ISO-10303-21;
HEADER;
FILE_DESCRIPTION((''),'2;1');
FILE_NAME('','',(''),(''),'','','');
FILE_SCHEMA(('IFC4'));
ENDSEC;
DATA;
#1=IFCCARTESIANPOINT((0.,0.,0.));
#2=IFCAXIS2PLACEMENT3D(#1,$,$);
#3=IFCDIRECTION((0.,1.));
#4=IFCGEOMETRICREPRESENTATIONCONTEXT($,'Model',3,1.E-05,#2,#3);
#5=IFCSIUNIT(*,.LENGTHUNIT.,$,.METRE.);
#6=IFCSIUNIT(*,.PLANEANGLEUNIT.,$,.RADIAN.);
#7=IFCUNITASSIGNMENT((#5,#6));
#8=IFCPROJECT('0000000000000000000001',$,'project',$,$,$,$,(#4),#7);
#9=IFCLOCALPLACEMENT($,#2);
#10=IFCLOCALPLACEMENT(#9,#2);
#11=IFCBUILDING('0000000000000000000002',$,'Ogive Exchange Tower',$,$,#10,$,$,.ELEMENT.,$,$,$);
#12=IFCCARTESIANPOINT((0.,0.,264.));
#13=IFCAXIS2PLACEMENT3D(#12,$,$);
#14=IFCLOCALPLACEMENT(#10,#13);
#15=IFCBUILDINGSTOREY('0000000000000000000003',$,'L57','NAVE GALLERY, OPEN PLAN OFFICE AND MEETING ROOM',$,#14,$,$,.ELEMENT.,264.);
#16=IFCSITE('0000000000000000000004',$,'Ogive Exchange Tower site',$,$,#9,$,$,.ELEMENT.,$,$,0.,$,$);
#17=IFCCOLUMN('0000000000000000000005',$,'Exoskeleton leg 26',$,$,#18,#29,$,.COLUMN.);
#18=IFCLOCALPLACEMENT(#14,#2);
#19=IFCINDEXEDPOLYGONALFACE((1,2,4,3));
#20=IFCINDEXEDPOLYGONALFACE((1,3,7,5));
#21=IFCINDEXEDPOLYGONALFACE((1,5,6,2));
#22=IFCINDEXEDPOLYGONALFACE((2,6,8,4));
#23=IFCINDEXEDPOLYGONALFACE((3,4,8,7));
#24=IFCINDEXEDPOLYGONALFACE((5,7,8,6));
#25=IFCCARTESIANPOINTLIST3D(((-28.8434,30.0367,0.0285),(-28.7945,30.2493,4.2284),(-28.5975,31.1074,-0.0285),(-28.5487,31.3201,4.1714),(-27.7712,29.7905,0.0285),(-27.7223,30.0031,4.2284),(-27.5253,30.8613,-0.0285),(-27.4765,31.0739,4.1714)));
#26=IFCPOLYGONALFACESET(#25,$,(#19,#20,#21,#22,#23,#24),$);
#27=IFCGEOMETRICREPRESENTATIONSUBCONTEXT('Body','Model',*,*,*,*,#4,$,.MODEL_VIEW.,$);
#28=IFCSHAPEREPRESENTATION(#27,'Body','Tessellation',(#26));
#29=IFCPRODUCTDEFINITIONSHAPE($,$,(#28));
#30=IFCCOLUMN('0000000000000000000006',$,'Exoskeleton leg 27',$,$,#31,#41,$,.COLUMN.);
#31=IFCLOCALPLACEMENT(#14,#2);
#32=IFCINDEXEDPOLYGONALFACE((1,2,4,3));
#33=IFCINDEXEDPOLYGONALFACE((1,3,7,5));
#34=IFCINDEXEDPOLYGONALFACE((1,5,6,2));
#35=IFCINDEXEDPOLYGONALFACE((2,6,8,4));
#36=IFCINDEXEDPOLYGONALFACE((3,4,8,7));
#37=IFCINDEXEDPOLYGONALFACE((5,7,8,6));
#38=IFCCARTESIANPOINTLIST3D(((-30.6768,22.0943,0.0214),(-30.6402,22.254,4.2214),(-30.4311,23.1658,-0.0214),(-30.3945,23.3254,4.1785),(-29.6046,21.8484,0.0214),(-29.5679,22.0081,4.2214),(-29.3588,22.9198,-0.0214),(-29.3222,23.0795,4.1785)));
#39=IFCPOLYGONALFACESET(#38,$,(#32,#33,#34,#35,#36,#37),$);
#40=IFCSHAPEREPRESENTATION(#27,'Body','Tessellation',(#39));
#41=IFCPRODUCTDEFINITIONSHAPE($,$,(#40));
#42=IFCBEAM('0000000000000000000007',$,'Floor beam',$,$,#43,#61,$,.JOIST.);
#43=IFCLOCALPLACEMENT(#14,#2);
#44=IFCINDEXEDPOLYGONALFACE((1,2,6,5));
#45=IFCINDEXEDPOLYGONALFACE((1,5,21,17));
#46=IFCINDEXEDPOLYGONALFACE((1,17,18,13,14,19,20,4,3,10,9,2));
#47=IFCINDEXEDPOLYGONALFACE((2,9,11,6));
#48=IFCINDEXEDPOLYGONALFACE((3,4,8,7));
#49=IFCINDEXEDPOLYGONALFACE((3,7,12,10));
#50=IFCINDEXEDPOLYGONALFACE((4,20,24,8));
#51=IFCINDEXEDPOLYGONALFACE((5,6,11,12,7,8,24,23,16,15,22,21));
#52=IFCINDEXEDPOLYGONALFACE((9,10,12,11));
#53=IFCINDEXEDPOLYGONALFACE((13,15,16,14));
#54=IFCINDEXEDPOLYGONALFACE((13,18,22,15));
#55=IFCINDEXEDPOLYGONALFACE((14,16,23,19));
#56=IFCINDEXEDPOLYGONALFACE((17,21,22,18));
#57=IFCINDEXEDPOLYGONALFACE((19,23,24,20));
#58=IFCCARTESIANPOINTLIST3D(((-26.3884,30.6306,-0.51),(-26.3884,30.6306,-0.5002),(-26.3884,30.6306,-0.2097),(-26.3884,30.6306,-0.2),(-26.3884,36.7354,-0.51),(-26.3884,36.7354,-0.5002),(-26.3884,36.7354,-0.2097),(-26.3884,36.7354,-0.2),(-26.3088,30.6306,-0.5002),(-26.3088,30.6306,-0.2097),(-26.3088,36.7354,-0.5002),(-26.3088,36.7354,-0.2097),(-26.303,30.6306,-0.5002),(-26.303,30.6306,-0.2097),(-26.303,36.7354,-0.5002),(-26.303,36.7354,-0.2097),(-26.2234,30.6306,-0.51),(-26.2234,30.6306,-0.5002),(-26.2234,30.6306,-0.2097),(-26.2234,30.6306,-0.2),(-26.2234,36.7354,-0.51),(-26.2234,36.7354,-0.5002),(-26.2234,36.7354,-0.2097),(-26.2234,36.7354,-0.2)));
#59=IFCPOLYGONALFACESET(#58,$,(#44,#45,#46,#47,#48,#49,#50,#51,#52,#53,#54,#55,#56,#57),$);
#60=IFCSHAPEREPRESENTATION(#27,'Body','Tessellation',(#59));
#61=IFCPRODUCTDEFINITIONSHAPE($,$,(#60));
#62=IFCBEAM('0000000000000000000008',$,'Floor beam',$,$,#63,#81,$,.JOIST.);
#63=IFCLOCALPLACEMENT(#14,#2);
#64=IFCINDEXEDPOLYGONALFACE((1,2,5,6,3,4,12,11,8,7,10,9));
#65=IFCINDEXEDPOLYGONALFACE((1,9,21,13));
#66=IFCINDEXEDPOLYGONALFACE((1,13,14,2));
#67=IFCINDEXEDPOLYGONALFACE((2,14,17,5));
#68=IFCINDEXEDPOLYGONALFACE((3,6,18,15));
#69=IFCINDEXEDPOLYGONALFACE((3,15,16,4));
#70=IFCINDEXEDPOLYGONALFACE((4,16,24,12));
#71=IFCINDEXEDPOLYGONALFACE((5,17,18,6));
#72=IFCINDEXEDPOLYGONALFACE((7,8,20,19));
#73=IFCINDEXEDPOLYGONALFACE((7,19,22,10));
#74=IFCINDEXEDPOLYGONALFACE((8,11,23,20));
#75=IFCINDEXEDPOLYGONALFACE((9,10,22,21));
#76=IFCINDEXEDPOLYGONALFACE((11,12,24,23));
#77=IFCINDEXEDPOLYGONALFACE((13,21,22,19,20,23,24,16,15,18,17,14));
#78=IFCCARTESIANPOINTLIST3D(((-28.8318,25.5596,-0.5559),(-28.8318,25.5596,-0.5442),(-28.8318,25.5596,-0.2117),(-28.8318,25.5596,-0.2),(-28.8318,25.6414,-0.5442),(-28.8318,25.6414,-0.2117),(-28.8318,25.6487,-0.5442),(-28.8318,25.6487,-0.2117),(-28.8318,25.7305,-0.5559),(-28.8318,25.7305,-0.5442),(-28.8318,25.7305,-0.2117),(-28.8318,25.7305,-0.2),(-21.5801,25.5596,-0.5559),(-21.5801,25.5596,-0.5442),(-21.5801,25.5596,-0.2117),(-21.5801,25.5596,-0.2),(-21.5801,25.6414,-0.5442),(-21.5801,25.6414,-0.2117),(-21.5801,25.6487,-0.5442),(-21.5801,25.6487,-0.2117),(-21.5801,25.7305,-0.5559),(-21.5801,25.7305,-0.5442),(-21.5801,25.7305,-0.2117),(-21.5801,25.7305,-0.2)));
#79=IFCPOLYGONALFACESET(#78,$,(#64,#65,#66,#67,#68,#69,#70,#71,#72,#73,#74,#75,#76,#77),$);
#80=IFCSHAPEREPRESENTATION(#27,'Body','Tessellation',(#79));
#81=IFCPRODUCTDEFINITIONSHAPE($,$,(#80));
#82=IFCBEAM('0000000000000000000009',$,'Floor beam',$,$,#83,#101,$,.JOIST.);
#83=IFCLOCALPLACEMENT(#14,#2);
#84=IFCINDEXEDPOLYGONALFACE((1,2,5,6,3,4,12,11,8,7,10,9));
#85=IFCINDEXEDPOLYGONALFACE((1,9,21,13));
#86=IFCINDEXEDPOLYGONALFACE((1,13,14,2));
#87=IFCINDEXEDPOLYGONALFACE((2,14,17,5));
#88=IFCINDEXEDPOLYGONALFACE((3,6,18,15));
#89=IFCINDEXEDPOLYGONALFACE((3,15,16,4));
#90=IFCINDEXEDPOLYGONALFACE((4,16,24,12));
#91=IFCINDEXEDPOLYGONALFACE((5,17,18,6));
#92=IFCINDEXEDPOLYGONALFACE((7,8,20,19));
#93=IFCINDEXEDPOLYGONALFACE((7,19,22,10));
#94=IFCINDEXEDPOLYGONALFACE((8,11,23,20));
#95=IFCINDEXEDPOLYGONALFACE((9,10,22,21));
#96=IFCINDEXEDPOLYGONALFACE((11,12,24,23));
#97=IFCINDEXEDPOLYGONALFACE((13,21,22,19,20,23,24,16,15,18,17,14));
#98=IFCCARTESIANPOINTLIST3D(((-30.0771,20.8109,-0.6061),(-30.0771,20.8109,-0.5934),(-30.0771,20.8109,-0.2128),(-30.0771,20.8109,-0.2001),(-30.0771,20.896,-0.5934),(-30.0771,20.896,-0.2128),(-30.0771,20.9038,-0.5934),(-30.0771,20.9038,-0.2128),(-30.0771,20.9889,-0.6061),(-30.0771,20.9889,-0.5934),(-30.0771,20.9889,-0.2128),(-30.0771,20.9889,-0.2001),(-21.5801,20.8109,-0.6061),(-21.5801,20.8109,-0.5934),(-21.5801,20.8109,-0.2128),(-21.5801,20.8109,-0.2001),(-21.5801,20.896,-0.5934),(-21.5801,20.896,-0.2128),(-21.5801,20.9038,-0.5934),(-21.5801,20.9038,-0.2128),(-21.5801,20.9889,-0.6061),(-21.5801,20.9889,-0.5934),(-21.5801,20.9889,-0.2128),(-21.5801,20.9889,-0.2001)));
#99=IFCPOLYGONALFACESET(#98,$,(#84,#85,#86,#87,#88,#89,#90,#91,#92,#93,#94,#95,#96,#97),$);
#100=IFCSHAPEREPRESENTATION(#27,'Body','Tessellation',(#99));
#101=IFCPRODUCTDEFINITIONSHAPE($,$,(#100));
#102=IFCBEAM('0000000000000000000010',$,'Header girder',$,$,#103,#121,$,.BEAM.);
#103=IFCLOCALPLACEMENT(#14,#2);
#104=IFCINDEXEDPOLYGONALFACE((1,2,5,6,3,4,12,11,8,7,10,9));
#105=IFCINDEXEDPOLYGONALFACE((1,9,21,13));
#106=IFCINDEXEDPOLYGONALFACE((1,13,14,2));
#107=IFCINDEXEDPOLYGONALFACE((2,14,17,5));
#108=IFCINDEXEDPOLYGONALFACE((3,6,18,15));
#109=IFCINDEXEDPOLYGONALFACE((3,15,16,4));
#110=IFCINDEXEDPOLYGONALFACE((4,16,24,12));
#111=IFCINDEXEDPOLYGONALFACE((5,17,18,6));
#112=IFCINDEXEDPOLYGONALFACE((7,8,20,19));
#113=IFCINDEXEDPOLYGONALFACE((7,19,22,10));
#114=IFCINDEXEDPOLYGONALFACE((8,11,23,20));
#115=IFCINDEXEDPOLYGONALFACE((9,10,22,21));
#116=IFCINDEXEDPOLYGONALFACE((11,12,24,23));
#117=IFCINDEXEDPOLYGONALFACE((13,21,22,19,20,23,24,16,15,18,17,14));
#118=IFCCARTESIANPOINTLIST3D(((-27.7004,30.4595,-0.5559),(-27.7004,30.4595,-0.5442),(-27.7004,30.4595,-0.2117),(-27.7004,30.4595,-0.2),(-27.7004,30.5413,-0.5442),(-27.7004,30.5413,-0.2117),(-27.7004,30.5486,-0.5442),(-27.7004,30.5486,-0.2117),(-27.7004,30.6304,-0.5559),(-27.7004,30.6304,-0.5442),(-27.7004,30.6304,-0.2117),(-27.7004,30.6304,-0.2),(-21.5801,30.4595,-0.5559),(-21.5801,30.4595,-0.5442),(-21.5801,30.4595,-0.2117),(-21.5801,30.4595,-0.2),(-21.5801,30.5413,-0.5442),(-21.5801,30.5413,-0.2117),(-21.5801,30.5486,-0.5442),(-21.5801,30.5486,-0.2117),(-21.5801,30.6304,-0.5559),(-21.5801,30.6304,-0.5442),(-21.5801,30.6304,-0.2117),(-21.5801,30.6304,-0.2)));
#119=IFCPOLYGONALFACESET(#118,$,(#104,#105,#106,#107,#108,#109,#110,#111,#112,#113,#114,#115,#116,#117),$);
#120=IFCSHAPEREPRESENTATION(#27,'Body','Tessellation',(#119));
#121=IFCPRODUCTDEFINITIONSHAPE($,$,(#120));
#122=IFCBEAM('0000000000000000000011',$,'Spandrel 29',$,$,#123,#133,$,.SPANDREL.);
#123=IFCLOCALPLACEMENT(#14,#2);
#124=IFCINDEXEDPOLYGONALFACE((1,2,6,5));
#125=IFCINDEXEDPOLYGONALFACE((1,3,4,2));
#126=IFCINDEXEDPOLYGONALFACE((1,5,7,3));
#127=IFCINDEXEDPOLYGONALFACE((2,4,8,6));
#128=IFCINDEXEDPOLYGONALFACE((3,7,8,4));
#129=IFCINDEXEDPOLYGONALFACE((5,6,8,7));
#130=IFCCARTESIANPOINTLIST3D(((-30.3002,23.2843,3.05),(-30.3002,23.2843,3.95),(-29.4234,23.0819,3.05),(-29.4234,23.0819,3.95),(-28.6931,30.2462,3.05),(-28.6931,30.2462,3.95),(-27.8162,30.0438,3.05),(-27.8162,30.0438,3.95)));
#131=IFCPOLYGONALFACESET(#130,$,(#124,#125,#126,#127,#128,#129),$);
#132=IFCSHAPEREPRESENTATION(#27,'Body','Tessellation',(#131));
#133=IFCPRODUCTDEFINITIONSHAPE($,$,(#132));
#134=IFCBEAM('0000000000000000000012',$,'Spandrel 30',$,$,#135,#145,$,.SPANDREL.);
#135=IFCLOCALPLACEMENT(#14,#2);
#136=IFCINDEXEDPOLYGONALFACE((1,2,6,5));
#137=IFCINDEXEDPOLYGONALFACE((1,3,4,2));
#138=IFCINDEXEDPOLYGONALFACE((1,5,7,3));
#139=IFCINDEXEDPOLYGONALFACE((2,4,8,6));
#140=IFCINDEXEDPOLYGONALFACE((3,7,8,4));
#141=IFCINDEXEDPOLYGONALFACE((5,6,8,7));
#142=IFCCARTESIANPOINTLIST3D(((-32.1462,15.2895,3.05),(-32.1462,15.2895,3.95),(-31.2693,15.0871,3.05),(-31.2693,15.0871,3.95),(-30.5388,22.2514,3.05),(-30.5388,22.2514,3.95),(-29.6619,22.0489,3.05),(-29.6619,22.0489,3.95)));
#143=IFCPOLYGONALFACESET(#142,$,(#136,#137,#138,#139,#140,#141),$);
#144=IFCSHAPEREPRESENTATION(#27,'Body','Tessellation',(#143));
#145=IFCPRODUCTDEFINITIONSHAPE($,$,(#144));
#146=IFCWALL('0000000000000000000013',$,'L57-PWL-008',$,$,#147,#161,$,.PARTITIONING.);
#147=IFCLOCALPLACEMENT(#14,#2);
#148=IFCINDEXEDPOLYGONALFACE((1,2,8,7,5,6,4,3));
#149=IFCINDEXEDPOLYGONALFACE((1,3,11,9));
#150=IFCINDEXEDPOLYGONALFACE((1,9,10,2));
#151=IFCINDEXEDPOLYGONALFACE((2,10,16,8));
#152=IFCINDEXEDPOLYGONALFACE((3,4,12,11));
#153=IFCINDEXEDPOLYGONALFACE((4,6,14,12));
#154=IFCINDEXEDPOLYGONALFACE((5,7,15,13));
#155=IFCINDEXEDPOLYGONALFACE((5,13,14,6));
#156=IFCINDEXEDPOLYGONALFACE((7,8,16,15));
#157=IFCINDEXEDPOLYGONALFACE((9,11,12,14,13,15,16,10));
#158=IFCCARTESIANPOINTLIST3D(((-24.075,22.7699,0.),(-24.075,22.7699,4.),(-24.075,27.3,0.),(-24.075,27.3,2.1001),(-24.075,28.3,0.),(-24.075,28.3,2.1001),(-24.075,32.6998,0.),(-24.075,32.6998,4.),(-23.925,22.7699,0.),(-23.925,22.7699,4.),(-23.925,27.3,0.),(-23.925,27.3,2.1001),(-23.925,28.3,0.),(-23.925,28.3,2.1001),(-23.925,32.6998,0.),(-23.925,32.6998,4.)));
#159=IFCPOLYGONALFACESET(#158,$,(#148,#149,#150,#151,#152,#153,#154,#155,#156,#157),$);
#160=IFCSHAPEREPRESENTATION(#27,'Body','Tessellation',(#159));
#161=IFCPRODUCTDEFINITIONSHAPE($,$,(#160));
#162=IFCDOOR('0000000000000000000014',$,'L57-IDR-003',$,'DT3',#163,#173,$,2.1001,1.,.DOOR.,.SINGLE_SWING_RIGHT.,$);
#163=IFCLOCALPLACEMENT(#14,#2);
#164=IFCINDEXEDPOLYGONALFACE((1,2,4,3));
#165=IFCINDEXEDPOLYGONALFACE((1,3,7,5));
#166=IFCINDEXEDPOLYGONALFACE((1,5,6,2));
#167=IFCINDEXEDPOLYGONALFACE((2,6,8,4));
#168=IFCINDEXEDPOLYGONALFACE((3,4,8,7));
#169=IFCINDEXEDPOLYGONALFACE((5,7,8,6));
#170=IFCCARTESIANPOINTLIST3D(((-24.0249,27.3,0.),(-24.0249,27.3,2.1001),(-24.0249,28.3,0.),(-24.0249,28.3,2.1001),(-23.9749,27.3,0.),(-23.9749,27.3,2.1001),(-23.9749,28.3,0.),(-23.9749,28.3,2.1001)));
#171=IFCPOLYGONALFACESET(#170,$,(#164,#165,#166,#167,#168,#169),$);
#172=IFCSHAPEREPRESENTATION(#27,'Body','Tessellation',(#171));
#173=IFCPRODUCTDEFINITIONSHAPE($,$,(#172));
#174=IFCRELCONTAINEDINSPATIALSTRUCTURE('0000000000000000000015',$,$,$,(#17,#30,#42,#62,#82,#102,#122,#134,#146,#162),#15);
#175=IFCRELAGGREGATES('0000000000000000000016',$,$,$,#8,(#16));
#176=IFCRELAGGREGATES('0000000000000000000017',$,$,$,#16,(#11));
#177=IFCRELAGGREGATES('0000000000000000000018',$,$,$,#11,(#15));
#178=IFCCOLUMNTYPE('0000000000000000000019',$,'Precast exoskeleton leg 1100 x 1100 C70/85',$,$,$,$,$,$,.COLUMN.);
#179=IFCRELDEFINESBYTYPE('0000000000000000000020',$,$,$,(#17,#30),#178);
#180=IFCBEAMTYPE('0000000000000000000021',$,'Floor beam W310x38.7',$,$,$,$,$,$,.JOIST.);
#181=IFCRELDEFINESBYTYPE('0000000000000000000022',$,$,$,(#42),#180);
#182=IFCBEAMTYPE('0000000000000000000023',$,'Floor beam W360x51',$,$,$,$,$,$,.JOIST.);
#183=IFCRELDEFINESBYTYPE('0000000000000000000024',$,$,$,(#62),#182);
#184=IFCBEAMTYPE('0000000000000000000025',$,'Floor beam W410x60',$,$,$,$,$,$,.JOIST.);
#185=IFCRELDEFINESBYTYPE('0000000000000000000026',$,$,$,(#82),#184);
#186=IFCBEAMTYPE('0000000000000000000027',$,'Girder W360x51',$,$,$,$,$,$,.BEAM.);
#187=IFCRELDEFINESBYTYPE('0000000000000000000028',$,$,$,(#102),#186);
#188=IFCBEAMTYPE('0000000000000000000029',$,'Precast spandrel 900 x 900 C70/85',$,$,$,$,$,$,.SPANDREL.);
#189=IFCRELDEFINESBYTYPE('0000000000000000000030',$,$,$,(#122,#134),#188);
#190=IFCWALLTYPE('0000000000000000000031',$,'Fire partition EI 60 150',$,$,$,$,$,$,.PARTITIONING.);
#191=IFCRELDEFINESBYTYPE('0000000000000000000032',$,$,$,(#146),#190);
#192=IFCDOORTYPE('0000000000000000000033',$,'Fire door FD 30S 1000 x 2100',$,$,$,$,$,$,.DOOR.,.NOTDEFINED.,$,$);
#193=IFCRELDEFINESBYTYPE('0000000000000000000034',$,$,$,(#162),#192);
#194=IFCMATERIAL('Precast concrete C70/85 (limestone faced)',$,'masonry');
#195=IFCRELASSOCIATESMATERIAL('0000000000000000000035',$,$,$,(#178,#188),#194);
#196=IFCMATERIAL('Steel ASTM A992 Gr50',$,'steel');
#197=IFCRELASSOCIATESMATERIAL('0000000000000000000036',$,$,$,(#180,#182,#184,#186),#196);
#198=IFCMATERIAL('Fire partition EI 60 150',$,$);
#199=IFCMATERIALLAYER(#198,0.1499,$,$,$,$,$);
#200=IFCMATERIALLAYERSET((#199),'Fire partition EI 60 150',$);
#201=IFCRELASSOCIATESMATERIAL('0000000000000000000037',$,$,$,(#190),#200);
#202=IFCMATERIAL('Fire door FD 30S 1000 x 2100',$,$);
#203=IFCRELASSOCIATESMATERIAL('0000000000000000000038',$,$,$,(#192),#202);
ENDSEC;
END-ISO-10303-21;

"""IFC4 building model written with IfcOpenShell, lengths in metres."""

from ifc_helpers import new_model, si_unit, direction, frame, frame_2d, origin, origin_2d, place, context, subcontext, project, spatial, rectangle, i_section, extrude, material, layer, layer_set, material_profile, profile_set, type_object, element, fill, save


model = new_model("IFC4")

# Units and contexts
model_context = context("Model", 3, precision=1e-05, world=origin(), true_north=direction((0.0, 1.0)))
body_context = subcontext(model_context, "Body", "Model", "MODEL_VIEW")
ifc_project = project(units=[si_unit("LENGTHUNIT", "METRE"), si_unit("PLANEANGLEUNIT", "RADIAN")], contexts=[model_context])

# Site, building, storey
site_placement = place(None, origin())
site = spatial("IfcSite", under=ifc_project, at=site_placement, Name="Ogive Exchange Tower site", CompositionType="ELEMENT", RefElevation=0.0)
building_placement = place(site_placement, origin())
building = spatial("IfcBuilding", under=site, at=building_placement, Name="Ogive Exchange Tower", CompositionType="ELEMENT")
storey_placement = place(building_placement, frame((0.0, 0.0, 264.0)))
storey = spatial("IfcBuildingStorey", under=building, at=storey_placement, Name="L57", Description="NAVE GALLERY, OPEN PLAN OFFICE AND MEETING ROOM", CompositionType="ELEMENT", Elevation=264.0)

# Columns
ifc_material_1 = material(Name="Precast concrete C70/85 (limestone faced)", Category="masonry")
ifc_material_profile_1 = material_profile(ifc_material_1, rectangle(XDim=1.1001, YDim=1.1001, at=origin_2d()), Name="1100 x 1100")
ifc_profile_set_1 = profile_set([ifc_material_profile_1], Name="Precast concrete C70/85 (limestone faced)")
column_type = type_object("IfcColumnType", Name="Precast exoskeleton leg 1100 x 1100 C70/85", PredefinedType="COLUMN", material=ifc_profile_set_1)
column_1_placement = place(storey_placement, frame((-28.1843, 30.449, 0.0), z_axis=(0.01161, 0.050563, 0.998653), x_axis=(-0.974636, 0.223797, 0.0)))
element("IfcColumn", 1, at=column_1_placement, inside=storey, type_object=column_type, Name="Exoskeleton leg 26", PredefinedType="COLUMN", context=body_context, shape_type="SweptSolid", body=[
    extrude(rectangle(XDim=1.1001, YDim=1.1001, at=origin_2d()), origin(), (0.0, 0.0, 1.0), 4.2056),
])
column_2_placement = place(storey_placement, frame((-30.0178, 22.5071, 0.0), z_axis=(0.008713, 0.037988, 0.99924), x_axis=(-0.974692, 0.223553, 0.0)))
element("IfcColumn", 2, at=column_2_placement, inside=storey, type_object=column_type, Name="Exoskeleton leg 27", PredefinedType="COLUMN", context=body_context, shape_type="SweptSolid", body=[
    extrude(rectangle(XDim=1.1001, YDim=1.1001, at=origin_2d()), origin(), (0.0, 0.0, 1.0), 4.2031),
])

# Beams
ifc_material_2 = material(Name="Steel ASTM A992 Gr50", Category="steel")
ifc_material_profile_2 = material_profile(ifc_material_2, i_section(OverallWidth=0.165, OverallDepth=0.3101, WebThickness=0.0059, FlangeThickness=0.0098, at=origin_2d()), Name="W310x38.7")
ifc_profile_set_2 = profile_set([ifc_material_profile_2], Name="Steel ASTM A992 Gr50")
beam_type_1 = type_object("IfcBeamType", Name="Floor beam W310x38.7", PredefinedType="JOIST", material=ifc_profile_set_2)
beam_1_placement = place(storey_placement, frame((-26.3059, 30.6306, -0.355), z_axis=(0.0, 1.0, 0.0), x_axis=(-1.0, 0.0, 0.0)))
element("IfcBeam", 3, at=beam_1_placement, inside=storey, type_object=beam_type_1, Name="Floor beam", PredefinedType="JOIST", context=body_context, shape_type="SweptSolid", body=[
    extrude(i_section(OverallWidth=0.165, OverallDepth=0.3101, WebThickness=0.0059, FlangeThickness=0.0098, at=origin_2d()), origin(), (0.0, 0.0, 1.0), 6.1047),
])
ifc_material_profile_3 = material_profile(ifc_material_2, i_section(OverallWidth=0.1709, OverallDepth=0.356, WebThickness=0.0073, FlangeThickness=0.0117, at=origin_2d()), Name="W360x51")
ifc_profile_set_3 = profile_set([ifc_material_profile_3], Name="Steel ASTM A992 Gr50")
beam_type_2 = type_object("IfcBeamType", Name="Floor beam W360x51", PredefinedType="JOIST", material=ifc_profile_set_3)
beam_2_placement = place(storey_placement, frame((-28.8318, 25.645, -0.3779), z_axis=(1.0, 0.0, 0.0), x_axis=(0.0, 1.0, 0.0)))
element("IfcBeam", 4, at=beam_2_placement, inside=storey, type_object=beam_type_2, Name="Floor beam", PredefinedType="JOIST", context=body_context, shape_type="SweptSolid", body=[
    extrude(i_section(OverallWidth=0.1709, OverallDepth=0.356, WebThickness=0.0073, FlangeThickness=0.0117, at=origin_2d()), origin(), (0.0, 0.0, 1.0), 7.2517),
])
ifc_material_profile_4 = material_profile(ifc_material_2, i_section(OverallWidth=0.178, OverallDepth=0.406, WebThickness=0.0078, FlangeThickness=0.0127, at=origin_2d()), Name="W410x60")
ifc_profile_set_4 = profile_set([ifc_material_profile_4], Name="Steel ASTM A992 Gr50")
beam_type_3 = type_object("IfcBeamType", Name="Floor beam W410x60", PredefinedType="JOIST", material=ifc_profile_set_4)
beam_3_placement = place(storey_placement, frame((-30.0771, 20.8999, -0.4031), z_axis=(1.0, 0.0, 0.0), x_axis=(0.0, 1.0, 0.0)))
element("IfcBeam", 5, at=beam_3_placement, inside=storey, type_object=beam_type_3, Name="Floor beam", PredefinedType="JOIST", context=body_context, shape_type="SweptSolid", body=[
    extrude(i_section(OverallWidth=0.178, OverallDepth=0.406, WebThickness=0.0078, FlangeThickness=0.0127, at=origin_2d()), origin(), (0.0, 0.0, 1.0), 8.4971),
])
ifc_material_profile_5 = material_profile(ifc_material_2, i_section(OverallWidth=0.1709, OverallDepth=0.356, WebThickness=0.0073, FlangeThickness=0.0117, at=origin_2d()), Name="W360x51")
ifc_profile_set_5 = profile_set([ifc_material_profile_5], Name="Steel ASTM A992 Gr50")
beam_type_4 = type_object("IfcBeamType", Name="Girder W360x51", PredefinedType="BEAM", material=ifc_profile_set_5)
beam_4_placement = place(storey_placement, frame((-27.7004, 30.5449, -0.3779), z_axis=(1.0, 0.0, 0.0), x_axis=(0.0, 1.0, 0.0)))
element("IfcBeam", 6, at=beam_4_placement, inside=storey, type_object=beam_type_4, Name="Header girder", PredefinedType="BEAM", context=body_context, shape_type="SweptSolid", body=[
    extrude(i_section(OverallWidth=0.1709, OverallDepth=0.356, WebThickness=0.0073, FlangeThickness=0.0117, at=origin_2d()), origin(), (0.0, 0.0, 1.0), 6.1204),
])
ifc_material_profile_6 = material_profile(ifc_material_1, rectangle(XDim=0.8999, YDim=0.8999, at=origin_2d()), Name="900 x 900")
ifc_profile_set_6 = profile_set([ifc_material_profile_6], Name="Precast concrete C70/85 (limestone faced)")
beam_type_5 = type_object("IfcBeamType", Name="Precast spandrel 900 x 900 C70/85", PredefinedType="SPANDREL", material=ifc_profile_set_6)
for number, where, z_axis, x_axis, name in (
    (7, (-28.2546, 30.145, 3.5), (-0.224937, -0.974373, 0.0), (0.974373, -0.224937, 0.0), "Spandrel 29"),
    (8, (-30.1003, 22.1501, 3.5), (-0.224969, -0.974366, 0.0), (0.974366, -0.224969, 0.0), "Spandrel 30"),
):
    element("IfcBeam", number, at=place(storey_placement, frame(where, z_axis=z_axis, x_axis=x_axis)), inside=storey, type_object=beam_type_5, Name=name, PredefinedType="SPANDREL", context=body_context, shape_type="SweptSolid", body=[
        extrude(rectangle(XDim=0.8999, YDim=0.8999, at=origin_2d()), origin(), (0.0, 0.0, 1.0), 7.145),
    ])

# Wall, opening, door
ifc_material_3 = material(Name="Fire partition EI 60 150")
ifc_layer_1 = layer(ifc_material_3, 0.1499)
ifc_layer_set_1 = layer_set([ifc_layer_1], Name="Fire partition EI 60 150")
wall_type_1 = type_object("IfcWallType", Name="Fire partition EI 60 150", PredefinedType="PARTITIONING", material=ifc_layer_set_1)
wall_1_placement = place(storey_placement, frame((-24.0, 22.77, 0.0), z_axis=(0.0, 0.0, 1.0), x_axis=(0.0, 1.0, 0.0)))
wall_1 = element("IfcWall", 9, at=wall_1_placement, inside=storey, type_object=wall_type_1, Name="L57-PWL-008", PredefinedType="PARTITIONING", context=body_context, shape_type="SweptSolid", body=[
    extrude(rectangle(XDim=9.9299, YDim=0.1499, at=frame_2d((4.9648, 0.0))), origin(), (0.0, 0.0, 1.0), 4.0),
])
opening_placement = place(wall_1_placement, frame((4.53, 0.0, 0.0)))
opening = element("IfcOpeningElement", 10, at=opening_placement, cuts=wall_1, PredefinedType="OPENING", context=body_context, shape_type="SweptSolid", body=[
    extrude(rectangle(XDim=1.0, YDim=2.1001, at=frame_2d((0.5, 1.05))), frame((0.0, 0.085, 0.0), z_axis=(0.0, -1.0, 0.0), x_axis=(1.0, 0.0, 0.0)), (0.0, 0.0, 1.0), 0.1699),
])
ifc_material_4 = material(Name="Fire door FD 30S 1000 x 2100")
door_type = type_object("IfcDoorType", Name="Fire door FD 30S 1000 x 2100", OperationType="NOTDEFINED", PredefinedType="DOOR", material=ifc_material_4)
door_placement = place(opening_placement, origin())
door = element("IfcDoor", 11, at=door_placement, inside=storey, type_object=door_type, Name="L57-IDR-003", ObjectType="DT3", OperationType="SINGLE_SWING_RIGHT", OverallHeight=2.1001, OverallWidth=1.0, PredefinedType="DOOR", context=body_context, shape_type="SweptSolid", body=[
    extrude(rectangle(XDim=1.0, YDim=2.1001, at=frame_2d((0.5, 1.05))), frame((0.0, 0.0249, 0.0), z_axis=(0.0, -1.0, 0.0), x_axis=(1.0, 0.0, 0.0)), (0.0, 0.0, 1.0), 0.05),
])
fill(opening, door)

save(model, "model.ifc")
